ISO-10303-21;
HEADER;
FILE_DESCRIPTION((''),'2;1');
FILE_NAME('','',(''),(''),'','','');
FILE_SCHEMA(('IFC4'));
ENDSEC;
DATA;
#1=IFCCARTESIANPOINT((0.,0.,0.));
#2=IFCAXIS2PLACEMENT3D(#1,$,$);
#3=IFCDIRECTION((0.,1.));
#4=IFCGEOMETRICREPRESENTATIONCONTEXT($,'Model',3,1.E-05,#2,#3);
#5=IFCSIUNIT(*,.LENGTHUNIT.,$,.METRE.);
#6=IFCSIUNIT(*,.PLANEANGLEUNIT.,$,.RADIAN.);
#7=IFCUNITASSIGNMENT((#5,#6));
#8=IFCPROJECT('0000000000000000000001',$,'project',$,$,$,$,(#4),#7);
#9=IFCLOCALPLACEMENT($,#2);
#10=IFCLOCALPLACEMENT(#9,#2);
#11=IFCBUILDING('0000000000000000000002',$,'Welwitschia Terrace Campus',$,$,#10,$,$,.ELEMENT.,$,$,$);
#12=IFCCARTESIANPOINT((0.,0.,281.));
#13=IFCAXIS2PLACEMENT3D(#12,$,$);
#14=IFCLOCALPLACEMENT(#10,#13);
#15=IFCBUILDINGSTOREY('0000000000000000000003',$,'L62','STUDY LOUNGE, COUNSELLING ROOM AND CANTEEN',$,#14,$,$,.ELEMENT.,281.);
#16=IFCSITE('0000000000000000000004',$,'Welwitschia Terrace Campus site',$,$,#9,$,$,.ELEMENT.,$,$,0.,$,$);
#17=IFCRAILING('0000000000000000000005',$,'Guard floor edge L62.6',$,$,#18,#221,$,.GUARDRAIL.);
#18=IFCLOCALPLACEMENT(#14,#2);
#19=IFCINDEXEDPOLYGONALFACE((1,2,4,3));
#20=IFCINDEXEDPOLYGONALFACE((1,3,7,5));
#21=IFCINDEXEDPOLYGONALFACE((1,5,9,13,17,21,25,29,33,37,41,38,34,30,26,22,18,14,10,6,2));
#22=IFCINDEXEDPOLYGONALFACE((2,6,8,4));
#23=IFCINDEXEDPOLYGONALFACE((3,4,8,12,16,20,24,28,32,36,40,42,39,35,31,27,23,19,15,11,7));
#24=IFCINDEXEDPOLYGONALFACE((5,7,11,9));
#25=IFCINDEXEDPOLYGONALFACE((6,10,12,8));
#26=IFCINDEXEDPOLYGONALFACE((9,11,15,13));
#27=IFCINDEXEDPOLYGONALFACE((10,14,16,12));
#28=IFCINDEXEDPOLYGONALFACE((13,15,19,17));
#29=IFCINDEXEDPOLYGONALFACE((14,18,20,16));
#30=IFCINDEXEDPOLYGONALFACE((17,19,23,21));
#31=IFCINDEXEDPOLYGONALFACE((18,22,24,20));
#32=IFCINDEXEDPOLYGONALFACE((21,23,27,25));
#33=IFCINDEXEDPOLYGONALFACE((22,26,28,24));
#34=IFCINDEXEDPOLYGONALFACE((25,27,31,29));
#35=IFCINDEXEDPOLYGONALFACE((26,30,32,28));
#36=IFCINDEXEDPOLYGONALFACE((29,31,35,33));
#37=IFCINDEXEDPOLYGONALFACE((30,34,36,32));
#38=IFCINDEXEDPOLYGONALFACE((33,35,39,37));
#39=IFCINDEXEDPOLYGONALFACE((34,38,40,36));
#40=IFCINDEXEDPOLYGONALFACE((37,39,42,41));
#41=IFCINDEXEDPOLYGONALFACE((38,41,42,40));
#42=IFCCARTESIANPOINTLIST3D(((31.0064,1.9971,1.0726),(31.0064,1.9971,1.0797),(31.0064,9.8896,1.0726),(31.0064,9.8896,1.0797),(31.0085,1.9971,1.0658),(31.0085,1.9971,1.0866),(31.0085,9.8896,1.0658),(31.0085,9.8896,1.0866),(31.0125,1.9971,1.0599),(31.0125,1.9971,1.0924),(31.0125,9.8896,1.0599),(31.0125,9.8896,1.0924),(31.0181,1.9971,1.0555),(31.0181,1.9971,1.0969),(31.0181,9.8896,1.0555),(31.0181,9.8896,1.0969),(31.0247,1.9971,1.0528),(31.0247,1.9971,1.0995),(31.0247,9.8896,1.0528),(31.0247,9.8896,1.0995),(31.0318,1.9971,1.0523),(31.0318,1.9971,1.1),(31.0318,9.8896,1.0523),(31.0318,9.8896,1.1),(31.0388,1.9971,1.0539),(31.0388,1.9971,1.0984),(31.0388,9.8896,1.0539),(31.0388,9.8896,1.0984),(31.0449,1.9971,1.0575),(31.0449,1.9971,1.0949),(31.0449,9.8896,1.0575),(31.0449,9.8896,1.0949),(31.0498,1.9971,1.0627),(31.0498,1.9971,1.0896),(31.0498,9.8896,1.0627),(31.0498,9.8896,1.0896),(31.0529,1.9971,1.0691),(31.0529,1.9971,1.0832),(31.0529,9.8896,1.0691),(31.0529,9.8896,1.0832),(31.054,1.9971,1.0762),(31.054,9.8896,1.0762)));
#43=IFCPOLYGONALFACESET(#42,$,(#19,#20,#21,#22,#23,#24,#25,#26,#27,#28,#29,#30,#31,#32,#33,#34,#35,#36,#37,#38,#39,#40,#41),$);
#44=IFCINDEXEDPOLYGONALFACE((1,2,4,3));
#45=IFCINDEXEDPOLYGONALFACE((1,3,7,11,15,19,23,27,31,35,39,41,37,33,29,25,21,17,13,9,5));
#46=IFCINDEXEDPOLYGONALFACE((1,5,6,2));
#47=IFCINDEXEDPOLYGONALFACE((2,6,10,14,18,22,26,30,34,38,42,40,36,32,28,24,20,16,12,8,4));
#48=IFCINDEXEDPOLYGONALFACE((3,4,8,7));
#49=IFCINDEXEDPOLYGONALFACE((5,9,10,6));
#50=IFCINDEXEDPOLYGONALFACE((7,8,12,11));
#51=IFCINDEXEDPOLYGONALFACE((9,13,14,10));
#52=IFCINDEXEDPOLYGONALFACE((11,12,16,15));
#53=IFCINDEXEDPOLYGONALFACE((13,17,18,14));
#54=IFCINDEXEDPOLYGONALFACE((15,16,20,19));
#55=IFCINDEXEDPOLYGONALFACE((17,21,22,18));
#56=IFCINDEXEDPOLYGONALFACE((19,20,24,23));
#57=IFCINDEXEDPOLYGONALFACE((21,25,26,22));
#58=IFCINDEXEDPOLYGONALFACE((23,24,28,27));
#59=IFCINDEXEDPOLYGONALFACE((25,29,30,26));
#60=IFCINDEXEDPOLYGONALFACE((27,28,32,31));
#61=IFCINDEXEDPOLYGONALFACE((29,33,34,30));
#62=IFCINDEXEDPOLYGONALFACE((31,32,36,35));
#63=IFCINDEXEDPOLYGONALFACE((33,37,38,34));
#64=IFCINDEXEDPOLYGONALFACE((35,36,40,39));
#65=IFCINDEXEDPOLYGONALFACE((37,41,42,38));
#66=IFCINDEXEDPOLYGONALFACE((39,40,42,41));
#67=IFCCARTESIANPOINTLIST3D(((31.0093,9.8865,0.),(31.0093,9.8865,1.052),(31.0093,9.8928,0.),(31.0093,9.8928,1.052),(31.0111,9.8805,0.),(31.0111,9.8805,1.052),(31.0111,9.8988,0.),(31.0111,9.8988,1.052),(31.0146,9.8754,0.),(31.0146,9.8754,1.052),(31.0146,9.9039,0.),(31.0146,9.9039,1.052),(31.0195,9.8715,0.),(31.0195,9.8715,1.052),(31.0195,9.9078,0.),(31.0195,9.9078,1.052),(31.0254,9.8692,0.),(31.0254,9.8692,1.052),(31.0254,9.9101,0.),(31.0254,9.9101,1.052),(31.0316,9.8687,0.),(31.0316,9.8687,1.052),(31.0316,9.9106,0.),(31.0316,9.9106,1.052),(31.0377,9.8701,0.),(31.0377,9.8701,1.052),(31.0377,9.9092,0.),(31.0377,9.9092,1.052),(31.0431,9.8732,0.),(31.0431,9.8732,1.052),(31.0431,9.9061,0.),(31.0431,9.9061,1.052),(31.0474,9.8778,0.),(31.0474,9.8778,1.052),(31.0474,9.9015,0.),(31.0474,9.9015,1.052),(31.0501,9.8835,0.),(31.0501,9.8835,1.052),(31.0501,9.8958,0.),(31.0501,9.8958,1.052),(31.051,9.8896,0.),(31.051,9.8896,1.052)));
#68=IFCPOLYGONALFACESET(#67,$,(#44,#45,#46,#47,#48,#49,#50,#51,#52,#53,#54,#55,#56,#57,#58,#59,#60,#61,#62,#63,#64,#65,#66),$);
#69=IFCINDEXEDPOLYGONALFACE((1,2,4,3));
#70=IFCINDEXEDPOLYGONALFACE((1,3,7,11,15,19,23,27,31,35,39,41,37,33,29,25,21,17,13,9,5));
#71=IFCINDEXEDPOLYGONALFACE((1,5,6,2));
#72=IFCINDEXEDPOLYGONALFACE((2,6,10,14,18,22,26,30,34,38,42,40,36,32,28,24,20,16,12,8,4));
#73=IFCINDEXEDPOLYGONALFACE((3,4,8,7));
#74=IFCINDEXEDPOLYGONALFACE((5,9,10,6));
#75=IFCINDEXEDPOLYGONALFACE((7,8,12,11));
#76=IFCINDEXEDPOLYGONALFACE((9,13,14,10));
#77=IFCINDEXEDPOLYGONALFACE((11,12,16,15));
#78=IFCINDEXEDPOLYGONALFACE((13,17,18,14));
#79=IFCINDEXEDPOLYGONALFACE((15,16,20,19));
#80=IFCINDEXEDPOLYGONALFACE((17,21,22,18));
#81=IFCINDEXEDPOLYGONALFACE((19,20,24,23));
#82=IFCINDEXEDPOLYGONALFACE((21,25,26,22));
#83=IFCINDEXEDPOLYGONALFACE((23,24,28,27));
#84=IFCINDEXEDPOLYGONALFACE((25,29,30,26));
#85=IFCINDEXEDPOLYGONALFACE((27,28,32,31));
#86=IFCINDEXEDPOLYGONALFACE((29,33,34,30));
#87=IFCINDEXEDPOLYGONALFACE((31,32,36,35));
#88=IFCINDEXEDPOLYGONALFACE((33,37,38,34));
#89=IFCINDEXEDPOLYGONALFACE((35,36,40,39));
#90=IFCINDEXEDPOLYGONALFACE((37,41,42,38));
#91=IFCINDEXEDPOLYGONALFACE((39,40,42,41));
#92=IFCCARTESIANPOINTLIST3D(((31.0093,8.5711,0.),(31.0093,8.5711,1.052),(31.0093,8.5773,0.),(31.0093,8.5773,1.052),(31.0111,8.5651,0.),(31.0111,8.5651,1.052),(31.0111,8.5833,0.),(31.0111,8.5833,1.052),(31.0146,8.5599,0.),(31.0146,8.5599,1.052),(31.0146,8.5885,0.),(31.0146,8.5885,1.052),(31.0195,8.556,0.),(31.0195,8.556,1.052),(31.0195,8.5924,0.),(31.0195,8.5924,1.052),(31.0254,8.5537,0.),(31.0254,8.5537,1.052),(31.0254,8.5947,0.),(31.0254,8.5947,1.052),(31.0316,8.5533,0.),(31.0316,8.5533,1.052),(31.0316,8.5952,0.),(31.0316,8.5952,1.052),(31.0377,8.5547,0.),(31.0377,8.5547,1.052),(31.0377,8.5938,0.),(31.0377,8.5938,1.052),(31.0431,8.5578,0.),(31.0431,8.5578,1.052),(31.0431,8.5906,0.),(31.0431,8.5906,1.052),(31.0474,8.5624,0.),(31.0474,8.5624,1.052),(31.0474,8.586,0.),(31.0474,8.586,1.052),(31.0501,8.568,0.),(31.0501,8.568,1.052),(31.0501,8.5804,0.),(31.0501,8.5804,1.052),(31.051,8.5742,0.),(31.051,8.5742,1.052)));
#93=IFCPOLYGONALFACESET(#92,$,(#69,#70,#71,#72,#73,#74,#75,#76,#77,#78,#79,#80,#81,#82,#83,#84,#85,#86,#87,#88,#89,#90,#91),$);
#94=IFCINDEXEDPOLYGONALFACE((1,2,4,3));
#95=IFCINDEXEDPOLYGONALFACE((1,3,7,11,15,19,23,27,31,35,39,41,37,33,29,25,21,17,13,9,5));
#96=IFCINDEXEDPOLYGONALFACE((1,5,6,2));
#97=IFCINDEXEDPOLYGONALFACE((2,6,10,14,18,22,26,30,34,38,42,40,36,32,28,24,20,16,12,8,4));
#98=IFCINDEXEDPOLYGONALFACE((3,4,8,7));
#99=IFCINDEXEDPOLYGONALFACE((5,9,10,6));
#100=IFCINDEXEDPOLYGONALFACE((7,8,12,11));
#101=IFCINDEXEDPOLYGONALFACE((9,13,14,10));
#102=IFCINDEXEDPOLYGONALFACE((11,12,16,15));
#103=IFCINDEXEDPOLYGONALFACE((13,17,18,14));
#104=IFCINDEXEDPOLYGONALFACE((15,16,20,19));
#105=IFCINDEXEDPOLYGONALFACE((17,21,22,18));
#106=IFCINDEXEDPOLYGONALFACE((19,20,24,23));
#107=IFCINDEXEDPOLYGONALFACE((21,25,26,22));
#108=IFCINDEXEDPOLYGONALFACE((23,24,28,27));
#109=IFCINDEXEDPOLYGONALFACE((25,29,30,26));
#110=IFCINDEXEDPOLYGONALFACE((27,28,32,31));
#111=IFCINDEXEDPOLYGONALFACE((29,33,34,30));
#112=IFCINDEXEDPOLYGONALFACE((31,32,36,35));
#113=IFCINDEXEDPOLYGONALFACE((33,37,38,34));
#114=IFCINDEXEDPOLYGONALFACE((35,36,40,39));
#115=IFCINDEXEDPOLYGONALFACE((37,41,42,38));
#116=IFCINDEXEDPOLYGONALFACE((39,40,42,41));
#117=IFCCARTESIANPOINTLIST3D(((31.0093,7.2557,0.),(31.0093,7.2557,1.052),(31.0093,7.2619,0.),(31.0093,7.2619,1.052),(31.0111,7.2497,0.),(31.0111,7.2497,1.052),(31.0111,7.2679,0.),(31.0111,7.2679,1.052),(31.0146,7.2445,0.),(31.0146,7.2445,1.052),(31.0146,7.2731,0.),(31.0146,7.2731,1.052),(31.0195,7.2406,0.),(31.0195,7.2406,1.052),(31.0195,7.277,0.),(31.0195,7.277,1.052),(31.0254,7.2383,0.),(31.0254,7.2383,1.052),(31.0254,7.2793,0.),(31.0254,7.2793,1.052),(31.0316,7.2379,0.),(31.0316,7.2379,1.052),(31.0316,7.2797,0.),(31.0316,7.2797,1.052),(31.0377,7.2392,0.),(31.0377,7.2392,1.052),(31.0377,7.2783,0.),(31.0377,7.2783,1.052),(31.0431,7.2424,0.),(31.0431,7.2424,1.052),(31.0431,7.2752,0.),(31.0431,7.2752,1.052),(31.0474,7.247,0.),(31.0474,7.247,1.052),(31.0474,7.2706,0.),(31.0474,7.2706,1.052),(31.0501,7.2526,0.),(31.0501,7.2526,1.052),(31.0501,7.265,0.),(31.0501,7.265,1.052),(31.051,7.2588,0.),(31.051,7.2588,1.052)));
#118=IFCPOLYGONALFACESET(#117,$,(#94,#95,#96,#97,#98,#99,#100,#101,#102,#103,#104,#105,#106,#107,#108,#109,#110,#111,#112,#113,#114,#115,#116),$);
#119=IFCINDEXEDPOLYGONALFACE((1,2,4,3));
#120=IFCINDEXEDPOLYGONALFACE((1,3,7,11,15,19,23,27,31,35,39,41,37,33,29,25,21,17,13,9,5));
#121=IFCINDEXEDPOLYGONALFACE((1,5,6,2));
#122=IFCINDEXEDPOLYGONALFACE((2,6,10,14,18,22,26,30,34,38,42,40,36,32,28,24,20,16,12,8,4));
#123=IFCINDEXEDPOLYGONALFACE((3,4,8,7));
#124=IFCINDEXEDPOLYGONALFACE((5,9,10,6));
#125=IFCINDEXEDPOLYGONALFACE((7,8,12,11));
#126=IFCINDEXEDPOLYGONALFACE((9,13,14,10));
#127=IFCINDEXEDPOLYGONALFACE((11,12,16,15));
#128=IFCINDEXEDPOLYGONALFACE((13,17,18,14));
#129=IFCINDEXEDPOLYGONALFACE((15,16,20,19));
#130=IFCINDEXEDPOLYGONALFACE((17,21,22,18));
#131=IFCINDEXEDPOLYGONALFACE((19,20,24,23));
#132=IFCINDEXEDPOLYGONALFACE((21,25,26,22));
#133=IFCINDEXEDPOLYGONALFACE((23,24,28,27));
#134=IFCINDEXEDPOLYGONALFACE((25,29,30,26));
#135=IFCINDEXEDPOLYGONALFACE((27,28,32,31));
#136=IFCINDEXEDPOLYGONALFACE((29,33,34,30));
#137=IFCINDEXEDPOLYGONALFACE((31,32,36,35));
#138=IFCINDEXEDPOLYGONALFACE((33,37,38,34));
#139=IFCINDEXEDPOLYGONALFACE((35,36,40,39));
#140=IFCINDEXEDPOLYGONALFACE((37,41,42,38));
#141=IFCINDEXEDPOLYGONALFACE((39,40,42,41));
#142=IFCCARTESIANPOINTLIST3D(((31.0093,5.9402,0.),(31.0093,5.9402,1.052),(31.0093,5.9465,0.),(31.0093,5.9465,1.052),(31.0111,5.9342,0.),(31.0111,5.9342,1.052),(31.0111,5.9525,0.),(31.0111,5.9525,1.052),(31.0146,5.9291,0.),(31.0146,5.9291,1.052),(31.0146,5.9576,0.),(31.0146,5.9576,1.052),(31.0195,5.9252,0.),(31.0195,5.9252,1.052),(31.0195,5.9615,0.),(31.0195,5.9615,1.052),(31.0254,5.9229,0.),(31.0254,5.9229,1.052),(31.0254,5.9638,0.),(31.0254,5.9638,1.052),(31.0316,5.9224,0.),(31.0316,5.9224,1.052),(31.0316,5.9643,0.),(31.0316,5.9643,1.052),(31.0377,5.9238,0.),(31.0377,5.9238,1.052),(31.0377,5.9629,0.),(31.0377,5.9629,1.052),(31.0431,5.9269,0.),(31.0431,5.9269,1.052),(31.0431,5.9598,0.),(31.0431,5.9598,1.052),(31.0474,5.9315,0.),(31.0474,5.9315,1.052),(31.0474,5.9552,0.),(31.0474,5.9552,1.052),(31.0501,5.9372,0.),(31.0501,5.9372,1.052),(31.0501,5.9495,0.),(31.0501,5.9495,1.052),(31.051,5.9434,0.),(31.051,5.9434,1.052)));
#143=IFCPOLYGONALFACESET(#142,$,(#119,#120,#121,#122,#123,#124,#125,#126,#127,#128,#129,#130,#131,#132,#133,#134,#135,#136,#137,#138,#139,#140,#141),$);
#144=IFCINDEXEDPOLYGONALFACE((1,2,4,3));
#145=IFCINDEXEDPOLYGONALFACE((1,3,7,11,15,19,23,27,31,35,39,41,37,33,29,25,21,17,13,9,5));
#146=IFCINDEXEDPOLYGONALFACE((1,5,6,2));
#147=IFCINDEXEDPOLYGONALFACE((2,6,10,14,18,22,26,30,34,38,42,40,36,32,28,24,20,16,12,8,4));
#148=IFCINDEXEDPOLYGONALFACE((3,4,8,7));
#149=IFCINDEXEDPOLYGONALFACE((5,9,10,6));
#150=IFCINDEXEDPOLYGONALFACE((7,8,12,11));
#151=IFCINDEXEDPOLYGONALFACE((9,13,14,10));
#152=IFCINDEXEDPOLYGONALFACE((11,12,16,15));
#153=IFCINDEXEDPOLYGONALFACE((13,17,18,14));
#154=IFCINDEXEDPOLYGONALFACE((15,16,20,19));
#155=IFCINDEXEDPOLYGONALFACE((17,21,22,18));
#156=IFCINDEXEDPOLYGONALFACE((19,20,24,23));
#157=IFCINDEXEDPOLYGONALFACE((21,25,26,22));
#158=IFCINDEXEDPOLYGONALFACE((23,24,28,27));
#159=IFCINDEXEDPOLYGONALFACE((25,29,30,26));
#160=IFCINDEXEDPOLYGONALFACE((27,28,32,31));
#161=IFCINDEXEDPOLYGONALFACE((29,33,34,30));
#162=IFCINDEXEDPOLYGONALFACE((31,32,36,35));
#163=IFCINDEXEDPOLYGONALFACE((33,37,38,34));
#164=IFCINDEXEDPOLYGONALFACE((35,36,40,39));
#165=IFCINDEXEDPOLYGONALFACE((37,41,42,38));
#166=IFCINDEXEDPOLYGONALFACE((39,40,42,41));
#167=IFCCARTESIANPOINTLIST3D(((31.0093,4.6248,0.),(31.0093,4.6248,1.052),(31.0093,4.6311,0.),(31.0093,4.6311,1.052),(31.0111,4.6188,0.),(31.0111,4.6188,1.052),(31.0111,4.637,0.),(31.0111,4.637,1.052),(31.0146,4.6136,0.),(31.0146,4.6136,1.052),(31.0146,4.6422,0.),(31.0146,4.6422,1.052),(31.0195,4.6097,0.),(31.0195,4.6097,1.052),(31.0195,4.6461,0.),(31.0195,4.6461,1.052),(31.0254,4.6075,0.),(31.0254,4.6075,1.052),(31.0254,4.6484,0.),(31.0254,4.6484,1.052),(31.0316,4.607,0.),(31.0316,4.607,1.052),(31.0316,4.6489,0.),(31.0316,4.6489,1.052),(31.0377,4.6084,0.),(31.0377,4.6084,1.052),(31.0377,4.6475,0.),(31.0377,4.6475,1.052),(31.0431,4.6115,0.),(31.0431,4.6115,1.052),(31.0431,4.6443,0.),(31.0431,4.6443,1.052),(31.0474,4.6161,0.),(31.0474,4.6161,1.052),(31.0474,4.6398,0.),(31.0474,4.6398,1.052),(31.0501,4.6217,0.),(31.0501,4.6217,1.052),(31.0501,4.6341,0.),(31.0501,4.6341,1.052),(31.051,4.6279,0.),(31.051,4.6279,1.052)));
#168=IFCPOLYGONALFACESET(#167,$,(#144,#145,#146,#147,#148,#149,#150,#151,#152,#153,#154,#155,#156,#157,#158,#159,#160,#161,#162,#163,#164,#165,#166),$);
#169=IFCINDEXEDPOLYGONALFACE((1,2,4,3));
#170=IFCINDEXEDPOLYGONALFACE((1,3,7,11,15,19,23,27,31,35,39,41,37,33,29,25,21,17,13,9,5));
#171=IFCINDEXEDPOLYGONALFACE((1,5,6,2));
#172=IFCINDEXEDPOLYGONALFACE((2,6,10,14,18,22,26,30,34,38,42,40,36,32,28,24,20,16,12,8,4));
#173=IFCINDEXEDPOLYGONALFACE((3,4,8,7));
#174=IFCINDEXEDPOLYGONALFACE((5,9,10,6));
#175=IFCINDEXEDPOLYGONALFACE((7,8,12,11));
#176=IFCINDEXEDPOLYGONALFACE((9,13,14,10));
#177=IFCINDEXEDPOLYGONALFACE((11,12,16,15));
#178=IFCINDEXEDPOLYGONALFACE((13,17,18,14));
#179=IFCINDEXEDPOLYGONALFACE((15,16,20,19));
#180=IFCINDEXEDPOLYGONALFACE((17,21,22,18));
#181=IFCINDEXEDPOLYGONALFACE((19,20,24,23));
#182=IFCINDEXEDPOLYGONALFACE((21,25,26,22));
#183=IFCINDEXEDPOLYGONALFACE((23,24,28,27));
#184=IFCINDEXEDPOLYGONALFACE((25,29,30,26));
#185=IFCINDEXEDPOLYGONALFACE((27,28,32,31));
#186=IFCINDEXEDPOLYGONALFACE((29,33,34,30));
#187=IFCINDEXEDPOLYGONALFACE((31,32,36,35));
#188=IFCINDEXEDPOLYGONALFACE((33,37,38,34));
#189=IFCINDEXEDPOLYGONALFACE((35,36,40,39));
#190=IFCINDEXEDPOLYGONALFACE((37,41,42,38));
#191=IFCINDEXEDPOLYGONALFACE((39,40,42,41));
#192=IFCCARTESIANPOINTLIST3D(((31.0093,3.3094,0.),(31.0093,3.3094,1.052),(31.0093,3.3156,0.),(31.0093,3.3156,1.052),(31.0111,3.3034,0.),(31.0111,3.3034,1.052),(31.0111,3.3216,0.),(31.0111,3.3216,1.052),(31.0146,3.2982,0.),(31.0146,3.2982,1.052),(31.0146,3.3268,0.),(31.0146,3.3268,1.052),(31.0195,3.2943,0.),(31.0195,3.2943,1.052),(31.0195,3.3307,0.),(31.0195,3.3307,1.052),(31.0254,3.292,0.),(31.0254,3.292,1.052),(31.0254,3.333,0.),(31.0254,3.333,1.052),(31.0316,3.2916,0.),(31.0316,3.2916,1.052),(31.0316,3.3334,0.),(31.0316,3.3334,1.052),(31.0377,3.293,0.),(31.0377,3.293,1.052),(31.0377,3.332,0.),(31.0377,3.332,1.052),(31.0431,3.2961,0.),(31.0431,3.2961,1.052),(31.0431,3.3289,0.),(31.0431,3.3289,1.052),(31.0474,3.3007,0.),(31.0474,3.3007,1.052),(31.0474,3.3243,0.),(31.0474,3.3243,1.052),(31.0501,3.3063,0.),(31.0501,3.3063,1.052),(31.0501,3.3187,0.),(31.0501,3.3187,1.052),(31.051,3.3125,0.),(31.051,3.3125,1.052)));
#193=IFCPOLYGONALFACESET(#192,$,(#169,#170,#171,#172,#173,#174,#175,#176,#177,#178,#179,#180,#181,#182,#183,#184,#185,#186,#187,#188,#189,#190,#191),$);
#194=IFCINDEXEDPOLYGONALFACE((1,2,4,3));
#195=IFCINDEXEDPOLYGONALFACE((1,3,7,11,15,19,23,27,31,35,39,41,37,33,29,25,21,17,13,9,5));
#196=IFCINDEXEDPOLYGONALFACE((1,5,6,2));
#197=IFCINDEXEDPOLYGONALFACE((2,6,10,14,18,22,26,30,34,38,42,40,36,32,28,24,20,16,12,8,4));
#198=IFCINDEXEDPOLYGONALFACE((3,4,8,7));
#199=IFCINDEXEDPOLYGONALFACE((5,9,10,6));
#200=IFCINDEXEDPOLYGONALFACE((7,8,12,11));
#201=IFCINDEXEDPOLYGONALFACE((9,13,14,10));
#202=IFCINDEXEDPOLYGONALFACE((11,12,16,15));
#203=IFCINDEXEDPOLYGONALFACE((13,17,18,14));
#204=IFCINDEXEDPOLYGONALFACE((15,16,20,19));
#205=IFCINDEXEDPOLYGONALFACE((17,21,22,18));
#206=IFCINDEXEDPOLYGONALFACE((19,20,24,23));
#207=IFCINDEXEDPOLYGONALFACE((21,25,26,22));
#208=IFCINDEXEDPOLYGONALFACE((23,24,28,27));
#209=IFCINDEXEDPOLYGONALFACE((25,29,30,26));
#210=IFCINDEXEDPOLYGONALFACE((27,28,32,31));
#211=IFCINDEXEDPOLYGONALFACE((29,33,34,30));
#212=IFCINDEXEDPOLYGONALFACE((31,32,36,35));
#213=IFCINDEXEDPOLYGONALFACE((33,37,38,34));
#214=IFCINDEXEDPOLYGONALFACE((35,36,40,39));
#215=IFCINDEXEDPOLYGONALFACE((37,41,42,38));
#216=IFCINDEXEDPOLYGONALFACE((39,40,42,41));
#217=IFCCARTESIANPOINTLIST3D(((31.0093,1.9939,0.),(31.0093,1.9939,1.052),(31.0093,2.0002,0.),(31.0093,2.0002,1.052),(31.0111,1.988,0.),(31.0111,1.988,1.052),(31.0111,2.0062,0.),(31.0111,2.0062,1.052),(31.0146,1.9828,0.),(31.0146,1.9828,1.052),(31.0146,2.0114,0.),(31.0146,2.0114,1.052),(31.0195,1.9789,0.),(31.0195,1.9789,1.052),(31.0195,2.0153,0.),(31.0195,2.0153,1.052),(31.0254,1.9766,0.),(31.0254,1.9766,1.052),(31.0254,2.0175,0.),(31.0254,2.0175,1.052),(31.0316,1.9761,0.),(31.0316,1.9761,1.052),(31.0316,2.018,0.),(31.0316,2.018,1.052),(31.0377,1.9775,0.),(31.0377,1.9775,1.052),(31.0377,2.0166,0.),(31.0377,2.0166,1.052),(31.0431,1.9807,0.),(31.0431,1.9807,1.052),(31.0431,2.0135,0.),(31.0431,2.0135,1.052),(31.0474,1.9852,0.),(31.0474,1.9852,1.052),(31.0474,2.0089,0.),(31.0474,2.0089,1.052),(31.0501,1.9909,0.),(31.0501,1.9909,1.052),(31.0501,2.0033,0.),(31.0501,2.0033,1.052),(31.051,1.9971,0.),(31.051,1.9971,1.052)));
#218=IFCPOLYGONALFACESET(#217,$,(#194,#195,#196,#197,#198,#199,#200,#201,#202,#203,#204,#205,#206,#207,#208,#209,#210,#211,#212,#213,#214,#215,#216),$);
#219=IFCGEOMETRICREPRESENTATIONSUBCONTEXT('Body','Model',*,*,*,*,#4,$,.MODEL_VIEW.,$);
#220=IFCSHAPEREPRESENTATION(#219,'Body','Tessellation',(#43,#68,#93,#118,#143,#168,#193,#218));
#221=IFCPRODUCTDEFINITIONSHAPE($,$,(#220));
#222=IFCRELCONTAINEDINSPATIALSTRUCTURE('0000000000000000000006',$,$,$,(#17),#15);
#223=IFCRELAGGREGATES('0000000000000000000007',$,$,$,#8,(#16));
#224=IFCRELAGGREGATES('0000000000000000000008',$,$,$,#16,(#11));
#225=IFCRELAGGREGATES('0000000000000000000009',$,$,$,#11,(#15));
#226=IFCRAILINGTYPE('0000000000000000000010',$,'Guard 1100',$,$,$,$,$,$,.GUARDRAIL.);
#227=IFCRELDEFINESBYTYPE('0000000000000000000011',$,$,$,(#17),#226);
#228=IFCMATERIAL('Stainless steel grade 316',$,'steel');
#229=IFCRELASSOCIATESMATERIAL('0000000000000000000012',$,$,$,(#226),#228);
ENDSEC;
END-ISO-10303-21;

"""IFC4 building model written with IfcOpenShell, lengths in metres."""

from ifc_helpers import new_model, si_unit, direction, frame, origin, origin_2d, place, context, subcontext, project, spatial, circle, extrude, material, type_object, element, save


model = new_model("IFC4")

# Units and contexts
model_context = context("Model", 3, precision=1e-05, world=origin(), true_north=direction((0.0, 1.0)))
body_context = subcontext(model_context, "Body", "Model", "MODEL_VIEW")
ifc_project = project(units=[si_unit("LENGTHUNIT", "METRE"), si_unit("PLANEANGLEUNIT", "RADIAN")], contexts=[model_context])

# Site, building, storey
site_placement = place(None, origin())
site = spatial("IfcSite", under=ifc_project, at=site_placement, Name="Welwitschia Terrace Campus site", CompositionType="ELEMENT", RefElevation=0.0)
building_placement = place(site_placement, origin())
building = spatial("IfcBuilding", under=site, at=building_placement, Name="Welwitschia Terrace Campus", CompositionType="ELEMENT")
storey_placement = place(building_placement, frame((0.0, 0.0, 281.0)))
storey = spatial("IfcBuildingStorey", under=building, at=storey_placement, Name="L62", Description="STUDY LOUNGE, COUNSELLING ROOM AND CANTEEN", CompositionType="ELEMENT", Elevation=281.0)

# Railing
ifc_material_1 = material(Name="Stainless steel grade 316", Category="steel")
railing_type = type_object("IfcRailingType", Name="Guard 1100", PredefinedType="GUARDRAIL", material=ifc_material_1)
railing_1_placement = place(storey_placement, frame((31.03, 9.8896, 0.0)))
element("IfcRailing", 1, at=railing_1_placement, inside=storey, type_object=railing_type, Name="Guard floor edge L62.6", PredefinedType="GUARDRAIL", context=body_context, shape_type="SweptSolid", body=[
    extrude(circle(Radius=0.0239, at=origin_2d()), frame((0.0, 0.0, 1.0762), z_axis=(0.0, -1.0, 0.0), x_axis=(1.0, 0.0, 0.0)), (0.0, 0.0, 1.0), 7.8926),
    extrude(circle(Radius=0.021, at=origin_2d()), origin(), (0.0, 0.0, 1.0), 1.052),
    extrude(circle(Radius=0.021, at=origin_2d()), frame((0.0, -1.3154, 0.0)), (0.0, 0.0, 1.0), 1.052),
    extrude(circle(Radius=0.021, at=origin_2d()), frame((0.0, -2.6309, 0.0)), (0.0, 0.0, 1.0), 1.052),
    extrude(circle(Radius=0.021, at=origin_2d()), frame((0.0, -3.9463, 0.0)), (0.0, 0.0, 1.0), 1.052),
    extrude(circle(Radius=0.021, at=origin_2d()), frame((0.0, -5.2617, 0.0)), (0.0, 0.0, 1.0), 1.052),
    extrude(circle(Radius=0.021, at=origin_2d()), frame((0.0, -6.5771, 0.0)), (0.0, 0.0, 1.0), 1.052),
    extrude(circle(Radius=0.021, at=origin_2d()), frame((0.0, -7.8926, 0.0)), (0.0, 0.0, 1.0), 1.052),
])

save(model, "model.ifc")
